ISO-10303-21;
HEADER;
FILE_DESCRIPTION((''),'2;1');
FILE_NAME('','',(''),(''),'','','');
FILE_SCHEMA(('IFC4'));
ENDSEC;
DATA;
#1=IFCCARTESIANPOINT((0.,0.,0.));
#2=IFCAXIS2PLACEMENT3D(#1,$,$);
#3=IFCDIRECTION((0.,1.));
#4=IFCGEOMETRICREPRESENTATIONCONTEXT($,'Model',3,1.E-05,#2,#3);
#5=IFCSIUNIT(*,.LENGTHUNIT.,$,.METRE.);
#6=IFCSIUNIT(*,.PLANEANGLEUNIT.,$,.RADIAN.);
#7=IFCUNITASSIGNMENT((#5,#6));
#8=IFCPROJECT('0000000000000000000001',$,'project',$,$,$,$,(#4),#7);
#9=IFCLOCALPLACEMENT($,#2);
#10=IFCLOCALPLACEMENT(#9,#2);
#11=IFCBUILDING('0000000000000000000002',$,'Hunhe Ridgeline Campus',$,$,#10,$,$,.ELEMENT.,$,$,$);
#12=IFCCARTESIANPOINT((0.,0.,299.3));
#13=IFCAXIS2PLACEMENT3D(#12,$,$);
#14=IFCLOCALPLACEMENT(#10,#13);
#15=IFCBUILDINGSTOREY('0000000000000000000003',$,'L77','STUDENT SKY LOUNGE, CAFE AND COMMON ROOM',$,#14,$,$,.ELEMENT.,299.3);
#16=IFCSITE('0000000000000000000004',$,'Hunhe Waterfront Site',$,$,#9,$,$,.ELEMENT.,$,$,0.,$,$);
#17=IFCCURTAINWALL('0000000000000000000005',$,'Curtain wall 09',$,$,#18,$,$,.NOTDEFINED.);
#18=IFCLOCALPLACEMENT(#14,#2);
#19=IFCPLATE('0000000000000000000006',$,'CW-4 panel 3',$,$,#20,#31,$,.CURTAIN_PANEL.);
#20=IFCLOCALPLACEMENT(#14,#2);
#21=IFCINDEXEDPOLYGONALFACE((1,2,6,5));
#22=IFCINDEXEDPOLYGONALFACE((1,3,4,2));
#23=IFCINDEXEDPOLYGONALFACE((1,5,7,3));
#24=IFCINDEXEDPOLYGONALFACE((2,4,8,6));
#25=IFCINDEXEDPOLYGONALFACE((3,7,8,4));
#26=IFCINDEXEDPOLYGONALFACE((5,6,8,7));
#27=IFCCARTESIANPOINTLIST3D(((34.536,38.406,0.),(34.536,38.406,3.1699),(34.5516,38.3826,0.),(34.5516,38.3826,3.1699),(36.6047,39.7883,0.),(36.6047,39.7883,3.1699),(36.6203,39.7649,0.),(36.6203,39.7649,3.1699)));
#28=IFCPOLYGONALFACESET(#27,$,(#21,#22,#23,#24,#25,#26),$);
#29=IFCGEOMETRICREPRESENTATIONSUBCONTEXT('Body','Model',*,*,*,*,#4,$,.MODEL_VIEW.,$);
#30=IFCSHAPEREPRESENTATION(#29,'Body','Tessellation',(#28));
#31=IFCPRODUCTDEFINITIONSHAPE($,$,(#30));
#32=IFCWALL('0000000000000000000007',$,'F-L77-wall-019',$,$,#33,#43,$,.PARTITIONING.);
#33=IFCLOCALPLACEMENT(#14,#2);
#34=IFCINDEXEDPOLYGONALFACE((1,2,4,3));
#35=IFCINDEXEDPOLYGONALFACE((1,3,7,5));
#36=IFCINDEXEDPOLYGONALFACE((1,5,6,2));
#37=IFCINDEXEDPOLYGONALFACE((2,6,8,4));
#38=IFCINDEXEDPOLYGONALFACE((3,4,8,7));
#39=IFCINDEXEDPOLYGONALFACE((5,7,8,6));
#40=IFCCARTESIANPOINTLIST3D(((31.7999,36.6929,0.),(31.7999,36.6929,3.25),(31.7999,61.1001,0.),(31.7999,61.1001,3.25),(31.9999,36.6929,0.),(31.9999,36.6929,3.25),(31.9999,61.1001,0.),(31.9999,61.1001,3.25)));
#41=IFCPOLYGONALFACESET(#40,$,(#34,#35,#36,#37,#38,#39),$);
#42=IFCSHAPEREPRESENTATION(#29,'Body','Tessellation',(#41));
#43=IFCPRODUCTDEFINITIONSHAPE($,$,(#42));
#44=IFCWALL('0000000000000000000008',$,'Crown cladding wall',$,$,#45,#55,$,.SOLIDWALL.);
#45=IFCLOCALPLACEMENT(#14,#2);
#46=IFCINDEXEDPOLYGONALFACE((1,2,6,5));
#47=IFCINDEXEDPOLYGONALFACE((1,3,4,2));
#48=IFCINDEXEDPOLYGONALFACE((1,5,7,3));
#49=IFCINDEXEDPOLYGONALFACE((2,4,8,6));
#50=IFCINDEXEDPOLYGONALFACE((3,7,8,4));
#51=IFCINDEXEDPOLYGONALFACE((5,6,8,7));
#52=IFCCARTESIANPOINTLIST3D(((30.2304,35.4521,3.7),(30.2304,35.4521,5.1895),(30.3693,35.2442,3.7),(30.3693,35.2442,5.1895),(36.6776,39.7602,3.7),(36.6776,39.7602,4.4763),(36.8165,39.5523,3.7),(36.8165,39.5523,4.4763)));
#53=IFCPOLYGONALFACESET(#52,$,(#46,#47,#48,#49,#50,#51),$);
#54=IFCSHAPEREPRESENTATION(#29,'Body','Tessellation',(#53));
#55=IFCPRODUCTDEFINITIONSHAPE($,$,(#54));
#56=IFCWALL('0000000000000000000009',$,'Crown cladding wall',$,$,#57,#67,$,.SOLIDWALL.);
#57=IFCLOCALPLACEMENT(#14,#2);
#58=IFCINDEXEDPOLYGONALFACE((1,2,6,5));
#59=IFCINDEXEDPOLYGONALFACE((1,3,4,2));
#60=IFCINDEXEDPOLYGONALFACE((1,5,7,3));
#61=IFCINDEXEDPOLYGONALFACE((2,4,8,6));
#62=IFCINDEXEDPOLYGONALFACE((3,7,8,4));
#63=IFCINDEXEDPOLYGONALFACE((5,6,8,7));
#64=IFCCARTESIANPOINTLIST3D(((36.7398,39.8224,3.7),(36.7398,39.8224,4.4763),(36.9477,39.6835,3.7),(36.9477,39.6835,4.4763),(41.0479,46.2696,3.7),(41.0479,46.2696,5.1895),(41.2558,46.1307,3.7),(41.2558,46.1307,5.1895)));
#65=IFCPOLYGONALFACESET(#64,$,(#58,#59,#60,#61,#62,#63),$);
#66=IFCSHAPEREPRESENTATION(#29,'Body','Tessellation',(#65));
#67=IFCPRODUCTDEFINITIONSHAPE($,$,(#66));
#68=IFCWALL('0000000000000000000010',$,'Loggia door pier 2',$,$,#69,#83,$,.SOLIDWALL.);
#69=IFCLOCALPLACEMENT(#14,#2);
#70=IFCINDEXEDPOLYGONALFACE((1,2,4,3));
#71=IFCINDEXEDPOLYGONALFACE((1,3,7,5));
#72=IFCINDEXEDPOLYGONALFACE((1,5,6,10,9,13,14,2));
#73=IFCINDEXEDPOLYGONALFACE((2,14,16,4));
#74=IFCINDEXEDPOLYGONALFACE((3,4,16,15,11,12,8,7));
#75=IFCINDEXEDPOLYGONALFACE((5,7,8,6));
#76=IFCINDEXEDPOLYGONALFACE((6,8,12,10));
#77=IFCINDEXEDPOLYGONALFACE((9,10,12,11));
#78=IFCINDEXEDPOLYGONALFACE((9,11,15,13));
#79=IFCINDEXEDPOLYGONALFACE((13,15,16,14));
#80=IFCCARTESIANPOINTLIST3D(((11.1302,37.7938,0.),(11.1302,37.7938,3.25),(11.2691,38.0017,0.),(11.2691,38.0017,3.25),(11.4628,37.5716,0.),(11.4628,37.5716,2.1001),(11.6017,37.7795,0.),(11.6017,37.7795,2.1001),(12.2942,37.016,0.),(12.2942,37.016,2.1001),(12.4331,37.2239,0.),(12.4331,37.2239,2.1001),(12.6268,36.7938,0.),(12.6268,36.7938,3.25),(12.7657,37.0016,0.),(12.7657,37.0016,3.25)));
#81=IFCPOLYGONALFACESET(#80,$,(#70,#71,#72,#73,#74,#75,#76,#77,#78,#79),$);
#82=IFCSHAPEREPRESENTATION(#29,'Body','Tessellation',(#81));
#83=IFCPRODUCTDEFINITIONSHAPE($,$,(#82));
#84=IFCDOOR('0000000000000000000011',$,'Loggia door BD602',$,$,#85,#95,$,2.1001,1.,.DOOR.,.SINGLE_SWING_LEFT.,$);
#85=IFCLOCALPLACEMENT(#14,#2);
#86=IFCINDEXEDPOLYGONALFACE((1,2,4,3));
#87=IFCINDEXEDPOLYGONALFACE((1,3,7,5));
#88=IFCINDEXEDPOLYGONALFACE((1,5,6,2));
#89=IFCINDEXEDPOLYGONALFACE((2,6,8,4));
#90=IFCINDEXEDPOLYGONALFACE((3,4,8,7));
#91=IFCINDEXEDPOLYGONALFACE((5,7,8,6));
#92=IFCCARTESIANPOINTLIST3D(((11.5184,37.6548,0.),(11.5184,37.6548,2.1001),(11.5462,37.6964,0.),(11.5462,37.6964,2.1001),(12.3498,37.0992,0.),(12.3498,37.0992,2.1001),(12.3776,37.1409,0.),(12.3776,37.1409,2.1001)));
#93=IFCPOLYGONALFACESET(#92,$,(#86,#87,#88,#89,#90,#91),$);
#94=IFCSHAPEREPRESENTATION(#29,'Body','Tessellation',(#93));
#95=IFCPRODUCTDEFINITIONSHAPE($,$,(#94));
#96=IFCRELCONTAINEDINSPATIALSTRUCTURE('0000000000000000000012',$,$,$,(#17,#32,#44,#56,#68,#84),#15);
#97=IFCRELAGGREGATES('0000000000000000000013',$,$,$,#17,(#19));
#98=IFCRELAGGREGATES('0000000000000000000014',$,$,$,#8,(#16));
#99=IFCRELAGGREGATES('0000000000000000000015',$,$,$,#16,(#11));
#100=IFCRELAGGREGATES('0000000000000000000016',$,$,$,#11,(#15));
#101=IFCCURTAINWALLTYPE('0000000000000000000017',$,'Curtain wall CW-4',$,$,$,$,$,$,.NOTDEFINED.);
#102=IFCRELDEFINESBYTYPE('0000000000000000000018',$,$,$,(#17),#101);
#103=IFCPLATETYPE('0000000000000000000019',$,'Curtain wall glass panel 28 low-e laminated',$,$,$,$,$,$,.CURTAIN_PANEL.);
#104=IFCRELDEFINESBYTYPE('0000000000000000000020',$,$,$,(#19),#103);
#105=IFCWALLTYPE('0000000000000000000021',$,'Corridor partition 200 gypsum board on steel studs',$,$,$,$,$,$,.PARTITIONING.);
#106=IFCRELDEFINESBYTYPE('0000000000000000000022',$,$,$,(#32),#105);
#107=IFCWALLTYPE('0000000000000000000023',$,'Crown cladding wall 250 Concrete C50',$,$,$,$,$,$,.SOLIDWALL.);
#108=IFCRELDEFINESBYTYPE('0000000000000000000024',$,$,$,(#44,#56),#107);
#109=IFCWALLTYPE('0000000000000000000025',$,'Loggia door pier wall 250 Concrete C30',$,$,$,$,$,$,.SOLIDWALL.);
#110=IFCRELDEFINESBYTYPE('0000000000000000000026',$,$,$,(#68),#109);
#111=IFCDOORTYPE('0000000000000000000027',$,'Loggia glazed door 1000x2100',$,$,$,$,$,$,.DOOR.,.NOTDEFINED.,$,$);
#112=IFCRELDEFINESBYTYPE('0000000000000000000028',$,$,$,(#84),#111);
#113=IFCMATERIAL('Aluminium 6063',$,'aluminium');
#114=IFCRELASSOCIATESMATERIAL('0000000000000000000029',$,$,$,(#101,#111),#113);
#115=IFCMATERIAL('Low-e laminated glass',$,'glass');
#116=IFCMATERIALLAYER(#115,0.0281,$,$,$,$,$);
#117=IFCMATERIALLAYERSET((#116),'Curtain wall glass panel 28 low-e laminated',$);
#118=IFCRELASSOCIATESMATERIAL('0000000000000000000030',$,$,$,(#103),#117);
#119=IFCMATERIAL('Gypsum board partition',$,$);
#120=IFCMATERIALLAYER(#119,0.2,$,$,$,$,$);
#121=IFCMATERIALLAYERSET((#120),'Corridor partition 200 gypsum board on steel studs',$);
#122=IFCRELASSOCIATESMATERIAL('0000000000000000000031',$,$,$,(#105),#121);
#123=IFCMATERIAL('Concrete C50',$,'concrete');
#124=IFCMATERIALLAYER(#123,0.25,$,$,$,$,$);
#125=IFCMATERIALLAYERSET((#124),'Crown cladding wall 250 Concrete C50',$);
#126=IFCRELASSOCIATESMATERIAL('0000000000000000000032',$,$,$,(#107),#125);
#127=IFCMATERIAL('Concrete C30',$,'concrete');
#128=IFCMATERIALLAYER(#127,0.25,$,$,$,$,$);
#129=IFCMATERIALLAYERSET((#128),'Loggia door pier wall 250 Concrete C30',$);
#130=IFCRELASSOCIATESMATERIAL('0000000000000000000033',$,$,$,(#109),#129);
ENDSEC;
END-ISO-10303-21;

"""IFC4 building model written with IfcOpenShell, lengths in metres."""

from ifc_helpers import new_model, si_unit, direction, frame, frame_2d, origin, origin_2d, place, context, subcontext, project, spatial, polyline, rectangle, outline, extrude, material, layer, layer_set, type_object, element, fill, aggregate, save


model = new_model("IFC4")

# Units and contexts
model_context = context("Model", 3, precision=1e-05, world=origin(), true_north=direction((0.0, 1.0)))
body_context = subcontext(model_context, "Body", "Model", "MODEL_VIEW")
ifc_project = project(units=[si_unit("LENGTHUNIT", "METRE"), si_unit("PLANEANGLEUNIT", "RADIAN")], contexts=[model_context])

# Site, building, storey
site_placement = place(None, origin())
site = spatial("IfcSite", under=ifc_project, at=site_placement, Name="Hunhe Waterfront Site", CompositionType="ELEMENT", RefElevation=0.0)
building_placement = place(site_placement, origin())
building = spatial("IfcBuilding", under=site, at=building_placement, Name="Hunhe Ridgeline Campus", CompositionType="ELEMENT")
storey_placement = place(building_placement, frame((0.0, 0.0, 299.3)))
storey = spatial("IfcBuildingStorey", under=building, at=storey_placement, Name="L77", Description="STUDENT SKY LOUNGE, CAFE AND COMMON ROOM", CompositionType="ELEMENT", Elevation=299.3)

# Shared definitions
ifc_material_1 = material(Name="Concrete C50", Category="concrete")

# Curtain wall
ifc_material_2 = material(Name="Aluminium 6063", Category="aluminium")
curtain_wall_type = type_object("IfcCurtainWallType", Name="Curtain wall CW-4", PredefinedType="NOTDEFINED", material=ifc_material_2)
curtain_wall_1_placement = place(storey_placement, origin())
curtain_wall_1 = element("IfcCurtainWall", 1, at=curtain_wall_1_placement, inside=storey, type_object=curtain_wall_type, Name="Curtain wall 09", PredefinedType="NOTDEFINED")

# Plate
ifc_material_3 = material(Name="Low-e laminated glass", Category="glass")
ifc_layer_1 = layer(ifc_material_3, 0.0281)
ifc_layer_set_1 = layer_set([ifc_layer_1], Name="Curtain wall glass panel 28 low-e laminated")
plate_type = type_object("IfcPlateType", Name="Curtain wall glass panel 28 low-e laminated", PredefinedType="CURTAIN_PANEL", material=ifc_layer_set_1)
plate_1_placement = place(storey_placement, frame((35.5781, 39.0854, 0.0), z_axis=(0.0, 0.0, 1.0), x_axis=(0.83147, 0.55557, 0.0)))
plate_1 = element("IfcPlate", 2, at=plate_1_placement, type_object=plate_type, Name="CW-4 panel 3", PredefinedType="CURTAIN_PANEL", context=body_context, shape_type="SweptSolid", body=[
    extrude(rectangle(XDim=2.488, YDim=0.0281, at=origin_2d()), origin(), (0.0, 0.0, 1.0), 3.1699),
])
aggregate(curtain_wall_1, [plate_1])

# Walls
ifc_material_4 = material(Name="Gypsum board partition")
ifc_layer_2 = layer(ifc_material_4, 0.2)
ifc_layer_set_2 = layer_set([ifc_layer_2], Name="Corridor partition 200 gypsum board on steel studs")
wall_type_1 = type_object("IfcWallType", Name="Corridor partition 200 gypsum board on steel studs", PredefinedType="PARTITIONING", material=ifc_layer_set_2)
wall_1_placement = place(storey_placement, frame((31.8999, 36.6929, 0.0), z_axis=(0.0, 0.0, 1.0), x_axis=(0.0, 1.0, 0.0)))
element("IfcWall", 3, at=wall_1_placement, inside=storey, type_object=wall_type_1, Name="F-L77-wall-019", PredefinedType="PARTITIONING", context=body_context, shape_type="SweptSolid", body=[
    extrude(rectangle(XDim=24.4072, YDim=0.2, at=frame_2d((12.2036, 0.0))), origin(), (0.0, 0.0, 1.0), 3.25),
])
ifc_layer_3 = layer(ifc_material_1, 0.25)
ifc_layer_set_3 = layer_set([ifc_layer_3], Name="Crown cladding wall 250 Concrete C50")
wall_type_2 = type_object("IfcWallType", Name="Crown cladding wall 250 Concrete C50", PredefinedType="SOLIDWALL", material=ifc_layer_set_3)
wall_2_placement = place(storey_placement, frame((30.2998, 35.3481, 3.7), z_axis=(0.0, 0.0, 1.0), x_axis=(0.831459, 0.555586, 0.0)))
element("IfcWall", 4, at=wall_2_placement, inside=storey, type_object=wall_type_2, Name="Crown cladding wall", PredefinedType="SOLIDWALL", context=body_context, shape_type="SweptSolid", body=[
    extrude(outline(polyline([(0.0, 0.0), (7.7542, 0.0), (7.7542, 0.7764), (0.0, 1.4895), (0.0, 0.0)])), frame((0.0, 0.125, 0.0), z_axis=(0.0, -1.0, 0.0), x_axis=(1.0, 0.0, 0.0)), (0.0, 0.0, 1.0), 0.25),
])
wall_3_placement = place(storey_placement, frame((36.8438, 39.7529, 3.7), z_axis=(0.0, 0.0, 1.0), x_axis=(0.555586, 0.831459, 0.0)))
element("IfcWall", 5, at=wall_3_placement, inside=storey, type_object=wall_type_2, Name="Crown cladding wall", PredefinedType="SOLIDWALL", context=body_context, shape_type="SweptSolid", body=[
    extrude(outline(polyline([(0.0, 0.0), (7.7542, 0.0), (7.7542, 1.4895), (0.0, 0.7764), (0.0, 0.0)])), frame((0.0, 0.125, 0.0), z_axis=(0.0, -1.0, 0.0), x_axis=(1.0, 0.0, 0.0)), (0.0, 0.0, 1.0), 0.25),
])

# Wall, opening, door
ifc_material_5 = material(Name="Concrete C30", Category="concrete")
ifc_layer_4 = layer(ifc_material_5, 0.25)
ifc_layer_set_4 = layer_set([ifc_layer_4], Name="Loggia door pier wall 250 Concrete C30")
wall_type_3 = type_object("IfcWallType", Name="Loggia door pier wall 250 Concrete C30", PredefinedType="SOLIDWALL", material=ifc_layer_set_4)
wall_4_placement = place(storey_placement, frame((11.1997, 37.8977, 0.0), z_axis=(0.0, 0.0, 1.0), x_axis=(0.831466, -0.555576, 0.0)))
wall_4 = element("IfcWall", 6, at=wall_4_placement, inside=storey, type_object=wall_type_3, Name="Loggia door pier 2", PredefinedType="SOLIDWALL", context=body_context, shape_type="SweptSolid", body=[
    extrude(rectangle(XDim=1.8, YDim=0.25, at=frame_2d((0.8999, 0.0))), origin(), (0.0, 0.0, 1.0), 3.25),
])
opening_placement = place(wall_4_placement, frame((0.3999, 0.0, 0.0)))
opening = element("IfcOpeningElement", 7, at=opening_placement, cuts=wall_4, PredefinedType="OPENING", context=body_context, shape_type="SweptSolid", body=[
    extrude(rectangle(XDim=1.0, YDim=2.1001, at=frame_2d((0.5, 1.05))), frame((0.0, 0.125, 0.0), z_axis=(0.0, -1.0, 0.0), x_axis=(1.0, 0.0, 0.0)), (0.0, 0.0, 1.0), 0.25),
])
door_type = type_object("IfcDoorType", Name="Loggia glazed door 1000x2100", OperationType="NOTDEFINED", PredefinedType="DOOR", material=ifc_material_2)
door_placement = place(opening_placement, frame((1.0, 0.0, 0.0), z_axis=(0.0, 0.0, 1.0), x_axis=(-1.0, 0.0, 0.0)))
door = element("IfcDoor", 8, at=door_placement, inside=storey, type_object=door_type, Name="Loggia door BD602", OperationType="SINGLE_SWING_LEFT", OverallHeight=2.1001, OverallWidth=1.0, PredefinedType="DOOR", context=body_context, shape_type="SweptSolid", body=[
    extrude(rectangle(XDim=1.0, YDim=2.1001, at=frame_2d((0.5, 1.05))), frame((0.0, 0.0249, 0.0), z_axis=(0.0, -1.0, 0.0), x_axis=(1.0, 0.0, 0.0)), (0.0, 0.0, 1.0), 0.05),
])
fill(opening, door)

save(model, "model.ifc")
